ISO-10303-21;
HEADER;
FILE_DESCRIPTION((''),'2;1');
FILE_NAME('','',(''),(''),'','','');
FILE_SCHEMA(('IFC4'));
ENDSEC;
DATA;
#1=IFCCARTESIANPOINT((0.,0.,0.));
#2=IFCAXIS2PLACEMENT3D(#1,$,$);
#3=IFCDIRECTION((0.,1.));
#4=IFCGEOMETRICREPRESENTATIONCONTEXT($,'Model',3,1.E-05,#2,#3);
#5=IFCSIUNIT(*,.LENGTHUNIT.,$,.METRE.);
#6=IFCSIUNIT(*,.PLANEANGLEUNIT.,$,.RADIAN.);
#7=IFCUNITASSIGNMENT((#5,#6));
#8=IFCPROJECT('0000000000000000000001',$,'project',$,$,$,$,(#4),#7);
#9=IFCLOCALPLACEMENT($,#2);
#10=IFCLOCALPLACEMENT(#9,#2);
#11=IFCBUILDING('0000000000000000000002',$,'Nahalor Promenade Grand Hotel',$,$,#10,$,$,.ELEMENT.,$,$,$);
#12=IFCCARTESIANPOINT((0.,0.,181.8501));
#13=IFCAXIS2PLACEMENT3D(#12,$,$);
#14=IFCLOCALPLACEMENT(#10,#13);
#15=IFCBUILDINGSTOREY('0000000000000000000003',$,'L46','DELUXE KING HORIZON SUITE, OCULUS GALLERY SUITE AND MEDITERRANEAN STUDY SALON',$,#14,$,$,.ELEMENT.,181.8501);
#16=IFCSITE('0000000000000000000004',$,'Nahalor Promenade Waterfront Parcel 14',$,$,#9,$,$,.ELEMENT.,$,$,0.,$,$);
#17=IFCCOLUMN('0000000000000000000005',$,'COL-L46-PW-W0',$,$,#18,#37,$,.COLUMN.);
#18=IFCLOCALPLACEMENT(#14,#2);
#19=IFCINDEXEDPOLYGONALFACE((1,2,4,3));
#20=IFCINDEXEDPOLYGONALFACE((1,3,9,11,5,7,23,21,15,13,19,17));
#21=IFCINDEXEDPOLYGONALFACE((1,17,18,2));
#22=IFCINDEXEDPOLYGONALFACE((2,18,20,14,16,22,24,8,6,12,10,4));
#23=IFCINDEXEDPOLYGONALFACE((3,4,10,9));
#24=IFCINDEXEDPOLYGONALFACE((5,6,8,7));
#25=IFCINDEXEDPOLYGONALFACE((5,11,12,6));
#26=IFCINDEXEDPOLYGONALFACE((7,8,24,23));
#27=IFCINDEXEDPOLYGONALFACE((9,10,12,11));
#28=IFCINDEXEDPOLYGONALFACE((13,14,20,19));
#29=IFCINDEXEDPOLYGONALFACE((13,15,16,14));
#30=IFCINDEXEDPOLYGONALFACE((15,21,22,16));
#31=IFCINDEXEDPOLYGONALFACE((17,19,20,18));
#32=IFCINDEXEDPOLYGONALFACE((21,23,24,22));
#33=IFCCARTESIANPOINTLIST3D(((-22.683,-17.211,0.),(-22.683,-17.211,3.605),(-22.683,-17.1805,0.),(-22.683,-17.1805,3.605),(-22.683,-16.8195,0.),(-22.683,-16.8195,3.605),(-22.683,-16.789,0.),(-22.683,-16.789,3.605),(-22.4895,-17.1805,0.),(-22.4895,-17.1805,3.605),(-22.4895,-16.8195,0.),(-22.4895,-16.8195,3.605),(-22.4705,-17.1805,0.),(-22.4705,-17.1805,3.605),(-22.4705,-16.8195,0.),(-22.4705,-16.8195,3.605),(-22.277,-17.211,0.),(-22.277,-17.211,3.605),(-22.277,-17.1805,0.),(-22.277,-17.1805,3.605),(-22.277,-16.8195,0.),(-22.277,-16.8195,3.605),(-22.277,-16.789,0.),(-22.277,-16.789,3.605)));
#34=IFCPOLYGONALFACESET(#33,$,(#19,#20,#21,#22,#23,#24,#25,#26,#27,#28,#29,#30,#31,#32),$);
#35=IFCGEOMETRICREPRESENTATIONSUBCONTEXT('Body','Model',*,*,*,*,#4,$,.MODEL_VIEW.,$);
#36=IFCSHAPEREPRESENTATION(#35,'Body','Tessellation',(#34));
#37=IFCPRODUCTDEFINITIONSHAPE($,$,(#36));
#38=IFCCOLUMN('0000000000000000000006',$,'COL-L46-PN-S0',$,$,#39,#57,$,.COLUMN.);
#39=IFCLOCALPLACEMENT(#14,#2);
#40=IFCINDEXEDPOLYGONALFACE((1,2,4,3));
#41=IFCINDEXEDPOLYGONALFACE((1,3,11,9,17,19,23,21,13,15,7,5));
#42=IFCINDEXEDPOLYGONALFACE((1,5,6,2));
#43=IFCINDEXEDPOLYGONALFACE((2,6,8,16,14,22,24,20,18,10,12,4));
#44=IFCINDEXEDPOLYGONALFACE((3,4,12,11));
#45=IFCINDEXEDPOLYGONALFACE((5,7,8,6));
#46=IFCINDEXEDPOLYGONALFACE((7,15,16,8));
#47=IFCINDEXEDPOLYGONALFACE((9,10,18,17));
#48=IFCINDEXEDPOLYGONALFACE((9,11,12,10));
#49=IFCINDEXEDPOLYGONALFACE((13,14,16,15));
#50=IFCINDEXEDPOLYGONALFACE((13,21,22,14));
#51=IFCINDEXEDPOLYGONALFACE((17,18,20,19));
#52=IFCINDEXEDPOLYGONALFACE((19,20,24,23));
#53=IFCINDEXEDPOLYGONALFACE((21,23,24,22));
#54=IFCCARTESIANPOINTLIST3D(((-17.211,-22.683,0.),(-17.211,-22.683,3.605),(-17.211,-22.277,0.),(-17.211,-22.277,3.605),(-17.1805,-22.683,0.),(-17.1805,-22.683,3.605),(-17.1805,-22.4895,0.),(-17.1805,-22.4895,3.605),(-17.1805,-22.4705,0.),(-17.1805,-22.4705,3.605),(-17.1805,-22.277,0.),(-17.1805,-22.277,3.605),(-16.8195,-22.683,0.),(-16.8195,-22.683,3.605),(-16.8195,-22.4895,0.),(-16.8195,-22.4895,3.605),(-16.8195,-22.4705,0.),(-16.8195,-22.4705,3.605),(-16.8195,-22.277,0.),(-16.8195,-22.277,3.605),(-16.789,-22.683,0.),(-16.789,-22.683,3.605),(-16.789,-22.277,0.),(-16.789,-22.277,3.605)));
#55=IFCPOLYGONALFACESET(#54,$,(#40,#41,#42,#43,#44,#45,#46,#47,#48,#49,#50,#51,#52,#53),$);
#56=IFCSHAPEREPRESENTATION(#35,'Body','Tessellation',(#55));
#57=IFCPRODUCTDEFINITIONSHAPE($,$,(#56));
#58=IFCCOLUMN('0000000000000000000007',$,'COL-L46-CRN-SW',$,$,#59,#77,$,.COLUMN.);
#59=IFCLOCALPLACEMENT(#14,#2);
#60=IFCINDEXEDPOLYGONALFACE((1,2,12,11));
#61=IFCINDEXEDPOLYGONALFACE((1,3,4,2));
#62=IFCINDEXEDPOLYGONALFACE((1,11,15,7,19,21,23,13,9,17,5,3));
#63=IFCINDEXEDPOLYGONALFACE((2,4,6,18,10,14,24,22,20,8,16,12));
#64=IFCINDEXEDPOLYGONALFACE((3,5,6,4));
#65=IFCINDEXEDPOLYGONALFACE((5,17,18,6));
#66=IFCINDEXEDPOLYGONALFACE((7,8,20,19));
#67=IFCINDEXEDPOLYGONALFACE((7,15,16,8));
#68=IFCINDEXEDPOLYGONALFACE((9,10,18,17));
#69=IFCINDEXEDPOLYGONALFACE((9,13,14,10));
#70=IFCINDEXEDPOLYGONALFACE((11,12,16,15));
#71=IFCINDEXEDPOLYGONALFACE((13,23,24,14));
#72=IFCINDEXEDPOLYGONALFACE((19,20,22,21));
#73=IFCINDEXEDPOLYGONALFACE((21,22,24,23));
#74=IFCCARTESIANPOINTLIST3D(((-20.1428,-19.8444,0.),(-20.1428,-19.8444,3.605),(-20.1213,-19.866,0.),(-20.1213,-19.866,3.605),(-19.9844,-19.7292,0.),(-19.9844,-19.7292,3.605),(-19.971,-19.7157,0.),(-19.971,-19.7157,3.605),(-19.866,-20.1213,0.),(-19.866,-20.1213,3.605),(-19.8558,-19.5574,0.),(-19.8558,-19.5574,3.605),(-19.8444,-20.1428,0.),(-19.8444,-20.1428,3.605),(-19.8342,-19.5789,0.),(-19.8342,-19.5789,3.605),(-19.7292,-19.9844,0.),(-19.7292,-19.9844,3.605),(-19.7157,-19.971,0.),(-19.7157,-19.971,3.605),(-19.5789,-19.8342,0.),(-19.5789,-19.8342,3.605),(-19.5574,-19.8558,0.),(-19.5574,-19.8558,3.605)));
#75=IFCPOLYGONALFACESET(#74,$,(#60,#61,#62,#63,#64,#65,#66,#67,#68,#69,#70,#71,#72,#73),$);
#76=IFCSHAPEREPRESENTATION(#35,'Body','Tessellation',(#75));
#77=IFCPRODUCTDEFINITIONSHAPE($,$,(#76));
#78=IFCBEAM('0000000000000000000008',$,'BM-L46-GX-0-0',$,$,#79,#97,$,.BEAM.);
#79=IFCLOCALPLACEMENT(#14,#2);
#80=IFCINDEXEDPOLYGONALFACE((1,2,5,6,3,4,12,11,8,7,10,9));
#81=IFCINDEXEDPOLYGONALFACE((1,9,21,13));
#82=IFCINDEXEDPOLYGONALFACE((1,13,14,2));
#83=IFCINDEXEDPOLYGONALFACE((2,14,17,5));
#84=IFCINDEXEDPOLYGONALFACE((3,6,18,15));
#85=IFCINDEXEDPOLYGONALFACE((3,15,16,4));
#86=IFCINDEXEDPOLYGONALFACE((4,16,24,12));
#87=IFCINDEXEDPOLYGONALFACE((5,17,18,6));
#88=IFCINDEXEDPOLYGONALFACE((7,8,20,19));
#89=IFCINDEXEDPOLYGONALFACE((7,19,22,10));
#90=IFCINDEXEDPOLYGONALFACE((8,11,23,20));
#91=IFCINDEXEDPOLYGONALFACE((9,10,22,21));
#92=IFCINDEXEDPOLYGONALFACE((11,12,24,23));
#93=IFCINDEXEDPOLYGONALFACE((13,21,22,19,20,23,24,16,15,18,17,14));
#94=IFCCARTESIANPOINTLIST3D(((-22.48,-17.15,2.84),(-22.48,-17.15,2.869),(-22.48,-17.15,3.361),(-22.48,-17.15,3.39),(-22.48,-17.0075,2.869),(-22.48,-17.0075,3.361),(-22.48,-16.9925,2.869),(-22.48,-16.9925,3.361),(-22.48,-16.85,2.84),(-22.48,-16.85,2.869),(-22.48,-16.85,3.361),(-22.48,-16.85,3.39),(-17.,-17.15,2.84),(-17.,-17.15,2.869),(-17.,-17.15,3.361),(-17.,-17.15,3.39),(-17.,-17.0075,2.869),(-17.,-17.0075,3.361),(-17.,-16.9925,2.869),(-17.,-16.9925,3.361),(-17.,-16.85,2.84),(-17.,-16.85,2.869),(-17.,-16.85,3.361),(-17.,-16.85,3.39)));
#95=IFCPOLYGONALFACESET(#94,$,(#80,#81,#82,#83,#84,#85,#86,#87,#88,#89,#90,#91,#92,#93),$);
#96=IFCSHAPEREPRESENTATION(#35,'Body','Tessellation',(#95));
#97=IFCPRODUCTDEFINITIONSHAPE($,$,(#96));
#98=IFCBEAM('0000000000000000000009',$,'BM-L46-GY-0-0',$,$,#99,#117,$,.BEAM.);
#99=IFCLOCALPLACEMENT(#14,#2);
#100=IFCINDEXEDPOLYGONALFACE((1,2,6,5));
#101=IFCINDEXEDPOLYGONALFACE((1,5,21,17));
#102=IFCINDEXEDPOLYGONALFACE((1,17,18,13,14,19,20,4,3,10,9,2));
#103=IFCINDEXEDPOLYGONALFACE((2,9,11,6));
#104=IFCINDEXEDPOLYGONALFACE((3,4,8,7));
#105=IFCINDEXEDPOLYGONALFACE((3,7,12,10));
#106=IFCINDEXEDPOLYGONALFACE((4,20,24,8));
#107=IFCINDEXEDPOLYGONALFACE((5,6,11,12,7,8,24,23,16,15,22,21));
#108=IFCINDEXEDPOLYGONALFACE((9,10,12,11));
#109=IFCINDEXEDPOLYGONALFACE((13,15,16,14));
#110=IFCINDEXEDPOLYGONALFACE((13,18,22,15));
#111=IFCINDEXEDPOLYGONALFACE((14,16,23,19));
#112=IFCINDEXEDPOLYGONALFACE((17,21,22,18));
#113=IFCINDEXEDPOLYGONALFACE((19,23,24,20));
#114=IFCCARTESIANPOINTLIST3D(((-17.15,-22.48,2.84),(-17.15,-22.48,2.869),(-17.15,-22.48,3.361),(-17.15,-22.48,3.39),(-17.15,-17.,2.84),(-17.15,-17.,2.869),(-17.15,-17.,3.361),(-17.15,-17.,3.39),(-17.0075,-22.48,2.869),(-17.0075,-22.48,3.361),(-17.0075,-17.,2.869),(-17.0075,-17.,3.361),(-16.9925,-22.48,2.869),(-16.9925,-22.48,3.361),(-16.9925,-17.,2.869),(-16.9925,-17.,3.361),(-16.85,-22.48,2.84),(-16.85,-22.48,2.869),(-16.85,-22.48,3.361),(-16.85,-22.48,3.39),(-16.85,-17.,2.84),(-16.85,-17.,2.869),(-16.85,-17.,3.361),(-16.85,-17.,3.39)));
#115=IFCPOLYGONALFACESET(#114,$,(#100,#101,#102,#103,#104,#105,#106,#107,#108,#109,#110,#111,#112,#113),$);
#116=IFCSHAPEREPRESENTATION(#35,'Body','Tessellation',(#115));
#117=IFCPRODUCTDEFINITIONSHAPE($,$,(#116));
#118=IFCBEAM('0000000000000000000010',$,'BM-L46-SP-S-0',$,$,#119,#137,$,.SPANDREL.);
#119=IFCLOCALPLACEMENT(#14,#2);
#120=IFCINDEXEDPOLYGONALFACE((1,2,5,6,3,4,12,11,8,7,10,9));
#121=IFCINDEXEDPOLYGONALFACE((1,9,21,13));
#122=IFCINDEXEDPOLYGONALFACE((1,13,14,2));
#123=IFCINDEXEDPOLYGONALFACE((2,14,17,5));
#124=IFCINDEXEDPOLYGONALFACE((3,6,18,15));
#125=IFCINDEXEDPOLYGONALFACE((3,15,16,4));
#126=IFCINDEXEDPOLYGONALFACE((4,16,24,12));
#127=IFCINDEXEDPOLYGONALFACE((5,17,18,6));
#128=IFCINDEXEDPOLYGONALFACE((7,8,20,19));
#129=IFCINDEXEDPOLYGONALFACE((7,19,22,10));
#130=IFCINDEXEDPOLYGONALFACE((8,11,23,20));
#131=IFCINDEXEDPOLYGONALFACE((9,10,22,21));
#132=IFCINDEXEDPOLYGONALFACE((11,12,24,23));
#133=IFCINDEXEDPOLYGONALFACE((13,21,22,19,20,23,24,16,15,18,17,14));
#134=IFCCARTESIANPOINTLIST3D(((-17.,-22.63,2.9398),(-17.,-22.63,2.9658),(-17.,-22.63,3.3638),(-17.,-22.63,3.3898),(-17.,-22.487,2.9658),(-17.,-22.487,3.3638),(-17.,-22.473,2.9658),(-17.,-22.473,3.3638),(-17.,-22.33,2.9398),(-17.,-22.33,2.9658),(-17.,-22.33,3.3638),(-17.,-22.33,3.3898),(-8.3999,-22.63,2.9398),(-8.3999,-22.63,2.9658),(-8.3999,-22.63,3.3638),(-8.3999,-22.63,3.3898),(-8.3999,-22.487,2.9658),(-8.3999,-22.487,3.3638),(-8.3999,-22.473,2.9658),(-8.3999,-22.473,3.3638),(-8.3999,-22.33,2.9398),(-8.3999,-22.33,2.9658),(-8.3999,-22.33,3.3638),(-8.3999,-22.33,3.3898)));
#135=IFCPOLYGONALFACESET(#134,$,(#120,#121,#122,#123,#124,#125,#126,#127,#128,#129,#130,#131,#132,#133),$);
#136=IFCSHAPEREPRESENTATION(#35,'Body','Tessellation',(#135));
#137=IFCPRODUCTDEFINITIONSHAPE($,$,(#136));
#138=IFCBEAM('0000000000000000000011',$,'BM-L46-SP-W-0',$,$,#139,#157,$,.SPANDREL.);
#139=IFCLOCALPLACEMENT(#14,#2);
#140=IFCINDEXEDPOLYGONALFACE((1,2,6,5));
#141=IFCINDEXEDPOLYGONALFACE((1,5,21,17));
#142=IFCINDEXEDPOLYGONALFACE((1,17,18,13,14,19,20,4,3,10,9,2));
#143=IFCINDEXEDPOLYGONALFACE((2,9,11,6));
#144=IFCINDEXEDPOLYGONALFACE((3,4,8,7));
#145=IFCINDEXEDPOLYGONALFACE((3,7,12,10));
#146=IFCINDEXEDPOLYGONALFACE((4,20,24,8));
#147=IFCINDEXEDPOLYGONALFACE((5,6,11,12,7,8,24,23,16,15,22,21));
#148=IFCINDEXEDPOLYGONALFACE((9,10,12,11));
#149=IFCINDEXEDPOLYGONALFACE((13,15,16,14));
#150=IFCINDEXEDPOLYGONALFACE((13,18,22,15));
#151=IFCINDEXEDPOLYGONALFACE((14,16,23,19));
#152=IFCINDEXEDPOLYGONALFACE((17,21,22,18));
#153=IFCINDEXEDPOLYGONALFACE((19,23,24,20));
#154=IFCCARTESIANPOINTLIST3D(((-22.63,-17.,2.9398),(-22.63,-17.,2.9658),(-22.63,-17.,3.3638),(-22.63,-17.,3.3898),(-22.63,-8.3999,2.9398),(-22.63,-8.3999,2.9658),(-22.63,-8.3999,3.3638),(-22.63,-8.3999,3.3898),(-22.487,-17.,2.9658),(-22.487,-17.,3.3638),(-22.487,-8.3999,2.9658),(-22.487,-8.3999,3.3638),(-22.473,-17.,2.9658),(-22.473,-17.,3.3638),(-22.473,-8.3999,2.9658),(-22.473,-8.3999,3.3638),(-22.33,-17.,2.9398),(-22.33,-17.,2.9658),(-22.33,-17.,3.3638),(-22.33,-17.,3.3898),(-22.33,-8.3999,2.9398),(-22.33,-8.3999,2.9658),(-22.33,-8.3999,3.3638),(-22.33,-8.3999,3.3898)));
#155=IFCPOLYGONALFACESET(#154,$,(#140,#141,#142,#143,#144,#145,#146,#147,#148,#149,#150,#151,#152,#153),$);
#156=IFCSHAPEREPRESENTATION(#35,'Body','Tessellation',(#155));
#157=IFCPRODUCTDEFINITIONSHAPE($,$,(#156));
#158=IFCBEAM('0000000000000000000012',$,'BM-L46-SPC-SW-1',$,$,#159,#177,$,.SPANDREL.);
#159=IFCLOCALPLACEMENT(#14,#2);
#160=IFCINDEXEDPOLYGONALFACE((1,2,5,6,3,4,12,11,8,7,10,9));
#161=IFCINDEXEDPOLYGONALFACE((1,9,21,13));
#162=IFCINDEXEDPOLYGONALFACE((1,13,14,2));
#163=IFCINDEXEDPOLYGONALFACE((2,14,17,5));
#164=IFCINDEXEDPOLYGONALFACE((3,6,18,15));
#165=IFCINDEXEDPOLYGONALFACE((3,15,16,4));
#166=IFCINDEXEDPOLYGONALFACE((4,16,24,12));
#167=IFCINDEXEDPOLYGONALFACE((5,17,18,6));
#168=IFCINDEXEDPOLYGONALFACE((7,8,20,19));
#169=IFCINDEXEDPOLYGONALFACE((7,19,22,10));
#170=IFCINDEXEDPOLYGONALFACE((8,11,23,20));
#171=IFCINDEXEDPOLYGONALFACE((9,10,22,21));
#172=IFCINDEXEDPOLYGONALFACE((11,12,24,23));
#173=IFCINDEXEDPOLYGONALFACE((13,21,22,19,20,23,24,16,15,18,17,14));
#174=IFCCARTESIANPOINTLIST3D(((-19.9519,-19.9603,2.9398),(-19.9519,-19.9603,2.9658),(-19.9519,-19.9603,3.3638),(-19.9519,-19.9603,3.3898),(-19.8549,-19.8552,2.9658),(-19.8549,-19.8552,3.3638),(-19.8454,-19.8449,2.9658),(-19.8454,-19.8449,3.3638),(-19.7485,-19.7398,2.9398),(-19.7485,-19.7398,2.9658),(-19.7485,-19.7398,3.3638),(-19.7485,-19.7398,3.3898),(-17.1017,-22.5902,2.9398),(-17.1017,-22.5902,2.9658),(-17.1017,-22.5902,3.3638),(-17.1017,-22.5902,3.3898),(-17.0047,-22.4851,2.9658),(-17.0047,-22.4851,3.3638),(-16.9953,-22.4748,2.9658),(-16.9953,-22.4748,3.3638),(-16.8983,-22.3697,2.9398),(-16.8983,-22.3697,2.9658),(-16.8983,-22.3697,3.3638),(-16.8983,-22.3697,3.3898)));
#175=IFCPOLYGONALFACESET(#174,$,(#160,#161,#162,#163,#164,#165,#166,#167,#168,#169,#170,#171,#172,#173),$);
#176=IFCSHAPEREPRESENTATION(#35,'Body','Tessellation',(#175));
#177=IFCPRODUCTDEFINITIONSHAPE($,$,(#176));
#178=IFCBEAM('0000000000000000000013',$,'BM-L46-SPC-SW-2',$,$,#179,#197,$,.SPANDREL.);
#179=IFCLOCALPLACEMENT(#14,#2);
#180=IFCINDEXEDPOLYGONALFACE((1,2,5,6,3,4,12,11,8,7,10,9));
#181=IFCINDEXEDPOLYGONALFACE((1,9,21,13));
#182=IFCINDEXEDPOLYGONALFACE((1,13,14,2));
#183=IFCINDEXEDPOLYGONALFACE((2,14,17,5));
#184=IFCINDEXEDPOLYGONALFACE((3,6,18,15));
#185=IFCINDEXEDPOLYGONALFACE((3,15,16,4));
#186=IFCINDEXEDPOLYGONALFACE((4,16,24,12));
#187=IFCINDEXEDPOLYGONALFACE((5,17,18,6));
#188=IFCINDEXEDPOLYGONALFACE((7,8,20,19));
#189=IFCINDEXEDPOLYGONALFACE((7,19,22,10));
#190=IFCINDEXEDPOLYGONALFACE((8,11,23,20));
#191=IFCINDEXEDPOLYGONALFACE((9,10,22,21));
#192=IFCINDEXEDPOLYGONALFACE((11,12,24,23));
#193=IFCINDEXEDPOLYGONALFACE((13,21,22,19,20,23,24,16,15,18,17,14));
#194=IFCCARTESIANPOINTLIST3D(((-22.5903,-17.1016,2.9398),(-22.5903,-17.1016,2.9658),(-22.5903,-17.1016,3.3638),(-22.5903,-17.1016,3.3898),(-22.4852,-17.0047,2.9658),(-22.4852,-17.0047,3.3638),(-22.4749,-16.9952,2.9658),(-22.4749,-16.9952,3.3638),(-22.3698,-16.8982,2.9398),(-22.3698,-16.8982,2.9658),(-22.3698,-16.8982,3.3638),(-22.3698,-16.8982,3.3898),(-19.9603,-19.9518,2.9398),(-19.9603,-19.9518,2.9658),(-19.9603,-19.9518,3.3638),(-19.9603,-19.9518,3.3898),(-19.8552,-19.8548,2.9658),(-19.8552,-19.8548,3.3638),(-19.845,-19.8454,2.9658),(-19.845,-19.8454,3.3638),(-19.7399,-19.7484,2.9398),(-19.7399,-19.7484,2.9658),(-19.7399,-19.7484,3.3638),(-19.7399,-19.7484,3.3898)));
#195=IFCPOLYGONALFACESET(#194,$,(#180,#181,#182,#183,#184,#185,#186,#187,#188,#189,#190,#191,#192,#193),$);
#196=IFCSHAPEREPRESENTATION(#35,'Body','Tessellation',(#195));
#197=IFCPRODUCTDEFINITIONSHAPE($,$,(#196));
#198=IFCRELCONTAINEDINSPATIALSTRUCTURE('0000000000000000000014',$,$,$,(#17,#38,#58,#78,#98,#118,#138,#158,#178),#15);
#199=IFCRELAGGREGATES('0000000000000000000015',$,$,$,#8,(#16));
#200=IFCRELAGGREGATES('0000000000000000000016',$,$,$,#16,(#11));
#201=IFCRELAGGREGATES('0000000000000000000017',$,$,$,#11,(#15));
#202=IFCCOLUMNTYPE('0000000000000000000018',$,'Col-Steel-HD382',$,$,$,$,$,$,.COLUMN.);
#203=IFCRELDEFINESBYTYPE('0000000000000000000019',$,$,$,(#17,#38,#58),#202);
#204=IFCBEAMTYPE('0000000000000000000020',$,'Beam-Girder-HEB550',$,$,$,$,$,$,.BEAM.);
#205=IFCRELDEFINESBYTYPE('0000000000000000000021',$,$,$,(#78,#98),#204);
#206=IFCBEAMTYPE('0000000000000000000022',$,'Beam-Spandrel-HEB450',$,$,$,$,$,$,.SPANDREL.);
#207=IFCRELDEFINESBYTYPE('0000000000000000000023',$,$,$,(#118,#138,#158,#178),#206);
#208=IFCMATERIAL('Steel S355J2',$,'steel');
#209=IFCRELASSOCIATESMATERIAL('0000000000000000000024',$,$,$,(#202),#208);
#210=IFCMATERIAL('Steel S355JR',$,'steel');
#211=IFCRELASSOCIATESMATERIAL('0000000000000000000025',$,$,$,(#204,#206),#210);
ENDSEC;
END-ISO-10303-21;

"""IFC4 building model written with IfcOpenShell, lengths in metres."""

from ifc_helpers import new_model, si_unit, direction, frame, origin, origin_2d, place, context, subcontext, project, spatial, i_section, extrude, source, transform, mapped, material, material_profile, profile_set, type_object, element, save


model = new_model("IFC4")

# Units and contexts
model_context = context("Model", 3, precision=1e-05, world=origin(), true_north=direction((0.0, 1.0)))
body_context = subcontext(model_context, "Body", "Model", "MODEL_VIEW")
ifc_project = project(units=[si_unit("LENGTHUNIT", "METRE"), si_unit("PLANEANGLEUNIT", "RADIAN")], contexts=[model_context])

# Site, building, storey
site_placement = place(None, origin())
site = spatial("IfcSite", under=ifc_project, at=site_placement, Name="Nahalor Promenade Waterfront Parcel 14", CompositionType="ELEMENT", RefElevation=0.0)
building_placement = place(site_placement, origin())
building = spatial("IfcBuilding", under=site, at=building_placement, Name="Nahalor Promenade Grand Hotel", CompositionType="ELEMENT")
storey_placement = place(building_placement, frame((0.0, 0.0, 181.8501)))
storey = spatial("IfcBuildingStorey", under=building, at=storey_placement, Name="L46", Description="DELUXE KING HORIZON SUITE, OCULUS GALLERY SUITE AND MEDITERRANEAN STUDY SALON", CompositionType="ELEMENT", Elevation=181.8501)

# Columns
ifc_material_1 = material(Name="Steel S355J2", Category="steel")
ifc_material_profile_1 = material_profile(ifc_material_1, i_section(OverallWidth=0.406, OverallDepth=0.422, WebThickness=0.019, FlangeThickness=0.0305, at=origin_2d()), Name="HD 400x382")
ifc_profile_set_1 = profile_set([ifc_material_profile_1], Name="Steel S355J2")
column_type = type_object("IfcColumnType", Name="Col-Steel-HD382", PredefinedType="COLUMN", material=ifc_profile_set_1)
shared_shape_1 = source(origin(), body_context, "Body", "SweptSolid", [
    extrude(i_section(OverallWidth=0.406, OverallDepth=0.422, WebThickness=0.019, FlangeThickness=0.0305, at=origin_2d()), origin(), (0.0, 0.0, 1.0), 3.605),
])
for number, where, z_axis, x_axis, name in (
    (1, (-22.48, -17.0, 0.0), (0.0, 0.0, 1.0), (1.0, 0.0, 0.0), "COL-L46-PW-W0"),
    (2, (-17.0, -22.48, 0.0), (0.0, 0.0, 1.0), (0.0, 1.0, 0.0), "COL-L46-PN-S0"),
    (3, (-19.8501, -19.8501, 0.0), (0.0, 0.0, 1.0), (0.707107, 0.707107, 0.0), "COL-L46-CRN-SW"),
):
    element("IfcColumn", number, at=place(storey_placement, frame(where, z_axis=z_axis, x_axis=x_axis)), inside=storey, type_object=column_type, Name=name, PredefinedType="COLUMN", context=body_context, shape_type="MappedRepresentation", body=[
        mapped(shared_shape_1, transform((0.0, 0.0, 0.0), scale=1.0)),
    ])

# Beams
ifc_material_2 = material(Name="Steel S355JR", Category="steel")
ifc_material_profile_2 = material_profile(ifc_material_2, i_section(OverallWidth=0.3, OverallDepth=0.55, WebThickness=0.015, FlangeThickness=0.029, at=origin_2d()), Name="HEB 550")
ifc_profile_set_2 = profile_set([ifc_material_profile_2], Name="Steel S355JR")
beam_type_1 = type_object("IfcBeamType", Name="Beam-Girder-HEB550", PredefinedType="BEAM", material=ifc_profile_set_2)
shared_shape_2 = source(origin(), body_context, "Body", "SweptSolid", [
    extrude(i_section(OverallWidth=0.3, OverallDepth=0.55, WebThickness=0.015, FlangeThickness=0.029, at=origin_2d()), origin(), (0.0, 0.0, 1.0), 5.48),
])
for number, where, z_axis, x_axis, name in (
    (4, (-22.48, -17.0, 3.115), (1.0, 0.0, 0.0), (0.0, 1.0, 0.0), "BM-L46-GX-0-0"),
    (5, (-17.0, -22.48, 3.115), (0.0, 1.0, 0.0), (-1.0, 0.0, 0.0), "BM-L46-GY-0-0"),
):
    element("IfcBeam", number, at=place(storey_placement, frame(where, z_axis=z_axis, x_axis=x_axis)), inside=storey, type_object=beam_type_1, Name=name, PredefinedType="BEAM", context=body_context, shape_type="MappedRepresentation", body=[
        mapped(shared_shape_2, transform((0.0, 0.0, 0.0), scale=1.0)),
    ])
ifc_material_profile_3 = material_profile(ifc_material_2, i_section(OverallWidth=0.3, OverallDepth=0.45, WebThickness=0.014, FlangeThickness=0.026, at=origin_2d()), Name="HEB 450")
ifc_profile_set_3 = profile_set([ifc_material_profile_3], Name="Steel S355JR")
beam_type_2 = type_object("IfcBeamType", Name="Beam-Spandrel-HEB450", PredefinedType="SPANDREL", material=ifc_profile_set_3)
shared_shape_3 = source(origin(), body_context, "Body", "SweptSolid", [
    extrude(i_section(OverallWidth=0.3, OverallDepth=0.45, WebThickness=0.014, FlangeThickness=0.026, at=origin_2d()), origin(), (0.0, 0.0, 1.0), 8.6001),
])
for number, where, z_axis, x_axis, name in (
    (6, (-17.0, -22.48, 3.1648), (1.0, 0.0, 0.0), (0.0, 1.0, 0.0), "BM-L46-SP-S-0"),
    (7, (-22.48, -17.0, 3.1648), (0.0, 1.0, 0.0), (-1.0, 0.0, 0.0), "BM-L46-SP-W-0"),
):
    element("IfcBeam", number, at=place(storey_placement, frame(where, z_axis=z_axis, x_axis=x_axis)), inside=storey, type_object=beam_type_2, Name=name, PredefinedType="SPANDREL", context=body_context, shape_type="MappedRepresentation", body=[
        mapped(shared_shape_3, transform((0.0, 0.0, 0.0), scale=1.0)),
    ])
shared_shape_4 = source(origin(), body_context, "Body", "SweptSolid", [
    extrude(i_section(OverallWidth=0.3, OverallDepth=0.45, WebThickness=0.014, FlangeThickness=0.026, at=origin_2d()), origin(), (0.0, 0.0, 1.0), 3.8782),
])
for number, where, z_axis, x_axis, name in (
    (8, (-17.0, -22.48, 3.1648), (-0.734929, 0.678144, 0.0), (-0.678144, -0.734929, 0.0), "BM-L46-SPC-SW-1"),
    (9, (-19.8501, -19.8501, 3.1648), (-0.678144, 0.734929, 0.0), (-0.734929, -0.678144, 0.0), "BM-L46-SPC-SW-2"),
):
    element("IfcBeam", number, at=place(storey_placement, frame(where, z_axis=z_axis, x_axis=x_axis)), inside=storey, type_object=beam_type_2, Name=name, PredefinedType="SPANDREL", context=body_context, shape_type="MappedRepresentation", body=[
        mapped(shared_shape_4, transform((0.0, 0.0, 0.0), scale=1.0)),
    ])

save(model, "model.ifc")
